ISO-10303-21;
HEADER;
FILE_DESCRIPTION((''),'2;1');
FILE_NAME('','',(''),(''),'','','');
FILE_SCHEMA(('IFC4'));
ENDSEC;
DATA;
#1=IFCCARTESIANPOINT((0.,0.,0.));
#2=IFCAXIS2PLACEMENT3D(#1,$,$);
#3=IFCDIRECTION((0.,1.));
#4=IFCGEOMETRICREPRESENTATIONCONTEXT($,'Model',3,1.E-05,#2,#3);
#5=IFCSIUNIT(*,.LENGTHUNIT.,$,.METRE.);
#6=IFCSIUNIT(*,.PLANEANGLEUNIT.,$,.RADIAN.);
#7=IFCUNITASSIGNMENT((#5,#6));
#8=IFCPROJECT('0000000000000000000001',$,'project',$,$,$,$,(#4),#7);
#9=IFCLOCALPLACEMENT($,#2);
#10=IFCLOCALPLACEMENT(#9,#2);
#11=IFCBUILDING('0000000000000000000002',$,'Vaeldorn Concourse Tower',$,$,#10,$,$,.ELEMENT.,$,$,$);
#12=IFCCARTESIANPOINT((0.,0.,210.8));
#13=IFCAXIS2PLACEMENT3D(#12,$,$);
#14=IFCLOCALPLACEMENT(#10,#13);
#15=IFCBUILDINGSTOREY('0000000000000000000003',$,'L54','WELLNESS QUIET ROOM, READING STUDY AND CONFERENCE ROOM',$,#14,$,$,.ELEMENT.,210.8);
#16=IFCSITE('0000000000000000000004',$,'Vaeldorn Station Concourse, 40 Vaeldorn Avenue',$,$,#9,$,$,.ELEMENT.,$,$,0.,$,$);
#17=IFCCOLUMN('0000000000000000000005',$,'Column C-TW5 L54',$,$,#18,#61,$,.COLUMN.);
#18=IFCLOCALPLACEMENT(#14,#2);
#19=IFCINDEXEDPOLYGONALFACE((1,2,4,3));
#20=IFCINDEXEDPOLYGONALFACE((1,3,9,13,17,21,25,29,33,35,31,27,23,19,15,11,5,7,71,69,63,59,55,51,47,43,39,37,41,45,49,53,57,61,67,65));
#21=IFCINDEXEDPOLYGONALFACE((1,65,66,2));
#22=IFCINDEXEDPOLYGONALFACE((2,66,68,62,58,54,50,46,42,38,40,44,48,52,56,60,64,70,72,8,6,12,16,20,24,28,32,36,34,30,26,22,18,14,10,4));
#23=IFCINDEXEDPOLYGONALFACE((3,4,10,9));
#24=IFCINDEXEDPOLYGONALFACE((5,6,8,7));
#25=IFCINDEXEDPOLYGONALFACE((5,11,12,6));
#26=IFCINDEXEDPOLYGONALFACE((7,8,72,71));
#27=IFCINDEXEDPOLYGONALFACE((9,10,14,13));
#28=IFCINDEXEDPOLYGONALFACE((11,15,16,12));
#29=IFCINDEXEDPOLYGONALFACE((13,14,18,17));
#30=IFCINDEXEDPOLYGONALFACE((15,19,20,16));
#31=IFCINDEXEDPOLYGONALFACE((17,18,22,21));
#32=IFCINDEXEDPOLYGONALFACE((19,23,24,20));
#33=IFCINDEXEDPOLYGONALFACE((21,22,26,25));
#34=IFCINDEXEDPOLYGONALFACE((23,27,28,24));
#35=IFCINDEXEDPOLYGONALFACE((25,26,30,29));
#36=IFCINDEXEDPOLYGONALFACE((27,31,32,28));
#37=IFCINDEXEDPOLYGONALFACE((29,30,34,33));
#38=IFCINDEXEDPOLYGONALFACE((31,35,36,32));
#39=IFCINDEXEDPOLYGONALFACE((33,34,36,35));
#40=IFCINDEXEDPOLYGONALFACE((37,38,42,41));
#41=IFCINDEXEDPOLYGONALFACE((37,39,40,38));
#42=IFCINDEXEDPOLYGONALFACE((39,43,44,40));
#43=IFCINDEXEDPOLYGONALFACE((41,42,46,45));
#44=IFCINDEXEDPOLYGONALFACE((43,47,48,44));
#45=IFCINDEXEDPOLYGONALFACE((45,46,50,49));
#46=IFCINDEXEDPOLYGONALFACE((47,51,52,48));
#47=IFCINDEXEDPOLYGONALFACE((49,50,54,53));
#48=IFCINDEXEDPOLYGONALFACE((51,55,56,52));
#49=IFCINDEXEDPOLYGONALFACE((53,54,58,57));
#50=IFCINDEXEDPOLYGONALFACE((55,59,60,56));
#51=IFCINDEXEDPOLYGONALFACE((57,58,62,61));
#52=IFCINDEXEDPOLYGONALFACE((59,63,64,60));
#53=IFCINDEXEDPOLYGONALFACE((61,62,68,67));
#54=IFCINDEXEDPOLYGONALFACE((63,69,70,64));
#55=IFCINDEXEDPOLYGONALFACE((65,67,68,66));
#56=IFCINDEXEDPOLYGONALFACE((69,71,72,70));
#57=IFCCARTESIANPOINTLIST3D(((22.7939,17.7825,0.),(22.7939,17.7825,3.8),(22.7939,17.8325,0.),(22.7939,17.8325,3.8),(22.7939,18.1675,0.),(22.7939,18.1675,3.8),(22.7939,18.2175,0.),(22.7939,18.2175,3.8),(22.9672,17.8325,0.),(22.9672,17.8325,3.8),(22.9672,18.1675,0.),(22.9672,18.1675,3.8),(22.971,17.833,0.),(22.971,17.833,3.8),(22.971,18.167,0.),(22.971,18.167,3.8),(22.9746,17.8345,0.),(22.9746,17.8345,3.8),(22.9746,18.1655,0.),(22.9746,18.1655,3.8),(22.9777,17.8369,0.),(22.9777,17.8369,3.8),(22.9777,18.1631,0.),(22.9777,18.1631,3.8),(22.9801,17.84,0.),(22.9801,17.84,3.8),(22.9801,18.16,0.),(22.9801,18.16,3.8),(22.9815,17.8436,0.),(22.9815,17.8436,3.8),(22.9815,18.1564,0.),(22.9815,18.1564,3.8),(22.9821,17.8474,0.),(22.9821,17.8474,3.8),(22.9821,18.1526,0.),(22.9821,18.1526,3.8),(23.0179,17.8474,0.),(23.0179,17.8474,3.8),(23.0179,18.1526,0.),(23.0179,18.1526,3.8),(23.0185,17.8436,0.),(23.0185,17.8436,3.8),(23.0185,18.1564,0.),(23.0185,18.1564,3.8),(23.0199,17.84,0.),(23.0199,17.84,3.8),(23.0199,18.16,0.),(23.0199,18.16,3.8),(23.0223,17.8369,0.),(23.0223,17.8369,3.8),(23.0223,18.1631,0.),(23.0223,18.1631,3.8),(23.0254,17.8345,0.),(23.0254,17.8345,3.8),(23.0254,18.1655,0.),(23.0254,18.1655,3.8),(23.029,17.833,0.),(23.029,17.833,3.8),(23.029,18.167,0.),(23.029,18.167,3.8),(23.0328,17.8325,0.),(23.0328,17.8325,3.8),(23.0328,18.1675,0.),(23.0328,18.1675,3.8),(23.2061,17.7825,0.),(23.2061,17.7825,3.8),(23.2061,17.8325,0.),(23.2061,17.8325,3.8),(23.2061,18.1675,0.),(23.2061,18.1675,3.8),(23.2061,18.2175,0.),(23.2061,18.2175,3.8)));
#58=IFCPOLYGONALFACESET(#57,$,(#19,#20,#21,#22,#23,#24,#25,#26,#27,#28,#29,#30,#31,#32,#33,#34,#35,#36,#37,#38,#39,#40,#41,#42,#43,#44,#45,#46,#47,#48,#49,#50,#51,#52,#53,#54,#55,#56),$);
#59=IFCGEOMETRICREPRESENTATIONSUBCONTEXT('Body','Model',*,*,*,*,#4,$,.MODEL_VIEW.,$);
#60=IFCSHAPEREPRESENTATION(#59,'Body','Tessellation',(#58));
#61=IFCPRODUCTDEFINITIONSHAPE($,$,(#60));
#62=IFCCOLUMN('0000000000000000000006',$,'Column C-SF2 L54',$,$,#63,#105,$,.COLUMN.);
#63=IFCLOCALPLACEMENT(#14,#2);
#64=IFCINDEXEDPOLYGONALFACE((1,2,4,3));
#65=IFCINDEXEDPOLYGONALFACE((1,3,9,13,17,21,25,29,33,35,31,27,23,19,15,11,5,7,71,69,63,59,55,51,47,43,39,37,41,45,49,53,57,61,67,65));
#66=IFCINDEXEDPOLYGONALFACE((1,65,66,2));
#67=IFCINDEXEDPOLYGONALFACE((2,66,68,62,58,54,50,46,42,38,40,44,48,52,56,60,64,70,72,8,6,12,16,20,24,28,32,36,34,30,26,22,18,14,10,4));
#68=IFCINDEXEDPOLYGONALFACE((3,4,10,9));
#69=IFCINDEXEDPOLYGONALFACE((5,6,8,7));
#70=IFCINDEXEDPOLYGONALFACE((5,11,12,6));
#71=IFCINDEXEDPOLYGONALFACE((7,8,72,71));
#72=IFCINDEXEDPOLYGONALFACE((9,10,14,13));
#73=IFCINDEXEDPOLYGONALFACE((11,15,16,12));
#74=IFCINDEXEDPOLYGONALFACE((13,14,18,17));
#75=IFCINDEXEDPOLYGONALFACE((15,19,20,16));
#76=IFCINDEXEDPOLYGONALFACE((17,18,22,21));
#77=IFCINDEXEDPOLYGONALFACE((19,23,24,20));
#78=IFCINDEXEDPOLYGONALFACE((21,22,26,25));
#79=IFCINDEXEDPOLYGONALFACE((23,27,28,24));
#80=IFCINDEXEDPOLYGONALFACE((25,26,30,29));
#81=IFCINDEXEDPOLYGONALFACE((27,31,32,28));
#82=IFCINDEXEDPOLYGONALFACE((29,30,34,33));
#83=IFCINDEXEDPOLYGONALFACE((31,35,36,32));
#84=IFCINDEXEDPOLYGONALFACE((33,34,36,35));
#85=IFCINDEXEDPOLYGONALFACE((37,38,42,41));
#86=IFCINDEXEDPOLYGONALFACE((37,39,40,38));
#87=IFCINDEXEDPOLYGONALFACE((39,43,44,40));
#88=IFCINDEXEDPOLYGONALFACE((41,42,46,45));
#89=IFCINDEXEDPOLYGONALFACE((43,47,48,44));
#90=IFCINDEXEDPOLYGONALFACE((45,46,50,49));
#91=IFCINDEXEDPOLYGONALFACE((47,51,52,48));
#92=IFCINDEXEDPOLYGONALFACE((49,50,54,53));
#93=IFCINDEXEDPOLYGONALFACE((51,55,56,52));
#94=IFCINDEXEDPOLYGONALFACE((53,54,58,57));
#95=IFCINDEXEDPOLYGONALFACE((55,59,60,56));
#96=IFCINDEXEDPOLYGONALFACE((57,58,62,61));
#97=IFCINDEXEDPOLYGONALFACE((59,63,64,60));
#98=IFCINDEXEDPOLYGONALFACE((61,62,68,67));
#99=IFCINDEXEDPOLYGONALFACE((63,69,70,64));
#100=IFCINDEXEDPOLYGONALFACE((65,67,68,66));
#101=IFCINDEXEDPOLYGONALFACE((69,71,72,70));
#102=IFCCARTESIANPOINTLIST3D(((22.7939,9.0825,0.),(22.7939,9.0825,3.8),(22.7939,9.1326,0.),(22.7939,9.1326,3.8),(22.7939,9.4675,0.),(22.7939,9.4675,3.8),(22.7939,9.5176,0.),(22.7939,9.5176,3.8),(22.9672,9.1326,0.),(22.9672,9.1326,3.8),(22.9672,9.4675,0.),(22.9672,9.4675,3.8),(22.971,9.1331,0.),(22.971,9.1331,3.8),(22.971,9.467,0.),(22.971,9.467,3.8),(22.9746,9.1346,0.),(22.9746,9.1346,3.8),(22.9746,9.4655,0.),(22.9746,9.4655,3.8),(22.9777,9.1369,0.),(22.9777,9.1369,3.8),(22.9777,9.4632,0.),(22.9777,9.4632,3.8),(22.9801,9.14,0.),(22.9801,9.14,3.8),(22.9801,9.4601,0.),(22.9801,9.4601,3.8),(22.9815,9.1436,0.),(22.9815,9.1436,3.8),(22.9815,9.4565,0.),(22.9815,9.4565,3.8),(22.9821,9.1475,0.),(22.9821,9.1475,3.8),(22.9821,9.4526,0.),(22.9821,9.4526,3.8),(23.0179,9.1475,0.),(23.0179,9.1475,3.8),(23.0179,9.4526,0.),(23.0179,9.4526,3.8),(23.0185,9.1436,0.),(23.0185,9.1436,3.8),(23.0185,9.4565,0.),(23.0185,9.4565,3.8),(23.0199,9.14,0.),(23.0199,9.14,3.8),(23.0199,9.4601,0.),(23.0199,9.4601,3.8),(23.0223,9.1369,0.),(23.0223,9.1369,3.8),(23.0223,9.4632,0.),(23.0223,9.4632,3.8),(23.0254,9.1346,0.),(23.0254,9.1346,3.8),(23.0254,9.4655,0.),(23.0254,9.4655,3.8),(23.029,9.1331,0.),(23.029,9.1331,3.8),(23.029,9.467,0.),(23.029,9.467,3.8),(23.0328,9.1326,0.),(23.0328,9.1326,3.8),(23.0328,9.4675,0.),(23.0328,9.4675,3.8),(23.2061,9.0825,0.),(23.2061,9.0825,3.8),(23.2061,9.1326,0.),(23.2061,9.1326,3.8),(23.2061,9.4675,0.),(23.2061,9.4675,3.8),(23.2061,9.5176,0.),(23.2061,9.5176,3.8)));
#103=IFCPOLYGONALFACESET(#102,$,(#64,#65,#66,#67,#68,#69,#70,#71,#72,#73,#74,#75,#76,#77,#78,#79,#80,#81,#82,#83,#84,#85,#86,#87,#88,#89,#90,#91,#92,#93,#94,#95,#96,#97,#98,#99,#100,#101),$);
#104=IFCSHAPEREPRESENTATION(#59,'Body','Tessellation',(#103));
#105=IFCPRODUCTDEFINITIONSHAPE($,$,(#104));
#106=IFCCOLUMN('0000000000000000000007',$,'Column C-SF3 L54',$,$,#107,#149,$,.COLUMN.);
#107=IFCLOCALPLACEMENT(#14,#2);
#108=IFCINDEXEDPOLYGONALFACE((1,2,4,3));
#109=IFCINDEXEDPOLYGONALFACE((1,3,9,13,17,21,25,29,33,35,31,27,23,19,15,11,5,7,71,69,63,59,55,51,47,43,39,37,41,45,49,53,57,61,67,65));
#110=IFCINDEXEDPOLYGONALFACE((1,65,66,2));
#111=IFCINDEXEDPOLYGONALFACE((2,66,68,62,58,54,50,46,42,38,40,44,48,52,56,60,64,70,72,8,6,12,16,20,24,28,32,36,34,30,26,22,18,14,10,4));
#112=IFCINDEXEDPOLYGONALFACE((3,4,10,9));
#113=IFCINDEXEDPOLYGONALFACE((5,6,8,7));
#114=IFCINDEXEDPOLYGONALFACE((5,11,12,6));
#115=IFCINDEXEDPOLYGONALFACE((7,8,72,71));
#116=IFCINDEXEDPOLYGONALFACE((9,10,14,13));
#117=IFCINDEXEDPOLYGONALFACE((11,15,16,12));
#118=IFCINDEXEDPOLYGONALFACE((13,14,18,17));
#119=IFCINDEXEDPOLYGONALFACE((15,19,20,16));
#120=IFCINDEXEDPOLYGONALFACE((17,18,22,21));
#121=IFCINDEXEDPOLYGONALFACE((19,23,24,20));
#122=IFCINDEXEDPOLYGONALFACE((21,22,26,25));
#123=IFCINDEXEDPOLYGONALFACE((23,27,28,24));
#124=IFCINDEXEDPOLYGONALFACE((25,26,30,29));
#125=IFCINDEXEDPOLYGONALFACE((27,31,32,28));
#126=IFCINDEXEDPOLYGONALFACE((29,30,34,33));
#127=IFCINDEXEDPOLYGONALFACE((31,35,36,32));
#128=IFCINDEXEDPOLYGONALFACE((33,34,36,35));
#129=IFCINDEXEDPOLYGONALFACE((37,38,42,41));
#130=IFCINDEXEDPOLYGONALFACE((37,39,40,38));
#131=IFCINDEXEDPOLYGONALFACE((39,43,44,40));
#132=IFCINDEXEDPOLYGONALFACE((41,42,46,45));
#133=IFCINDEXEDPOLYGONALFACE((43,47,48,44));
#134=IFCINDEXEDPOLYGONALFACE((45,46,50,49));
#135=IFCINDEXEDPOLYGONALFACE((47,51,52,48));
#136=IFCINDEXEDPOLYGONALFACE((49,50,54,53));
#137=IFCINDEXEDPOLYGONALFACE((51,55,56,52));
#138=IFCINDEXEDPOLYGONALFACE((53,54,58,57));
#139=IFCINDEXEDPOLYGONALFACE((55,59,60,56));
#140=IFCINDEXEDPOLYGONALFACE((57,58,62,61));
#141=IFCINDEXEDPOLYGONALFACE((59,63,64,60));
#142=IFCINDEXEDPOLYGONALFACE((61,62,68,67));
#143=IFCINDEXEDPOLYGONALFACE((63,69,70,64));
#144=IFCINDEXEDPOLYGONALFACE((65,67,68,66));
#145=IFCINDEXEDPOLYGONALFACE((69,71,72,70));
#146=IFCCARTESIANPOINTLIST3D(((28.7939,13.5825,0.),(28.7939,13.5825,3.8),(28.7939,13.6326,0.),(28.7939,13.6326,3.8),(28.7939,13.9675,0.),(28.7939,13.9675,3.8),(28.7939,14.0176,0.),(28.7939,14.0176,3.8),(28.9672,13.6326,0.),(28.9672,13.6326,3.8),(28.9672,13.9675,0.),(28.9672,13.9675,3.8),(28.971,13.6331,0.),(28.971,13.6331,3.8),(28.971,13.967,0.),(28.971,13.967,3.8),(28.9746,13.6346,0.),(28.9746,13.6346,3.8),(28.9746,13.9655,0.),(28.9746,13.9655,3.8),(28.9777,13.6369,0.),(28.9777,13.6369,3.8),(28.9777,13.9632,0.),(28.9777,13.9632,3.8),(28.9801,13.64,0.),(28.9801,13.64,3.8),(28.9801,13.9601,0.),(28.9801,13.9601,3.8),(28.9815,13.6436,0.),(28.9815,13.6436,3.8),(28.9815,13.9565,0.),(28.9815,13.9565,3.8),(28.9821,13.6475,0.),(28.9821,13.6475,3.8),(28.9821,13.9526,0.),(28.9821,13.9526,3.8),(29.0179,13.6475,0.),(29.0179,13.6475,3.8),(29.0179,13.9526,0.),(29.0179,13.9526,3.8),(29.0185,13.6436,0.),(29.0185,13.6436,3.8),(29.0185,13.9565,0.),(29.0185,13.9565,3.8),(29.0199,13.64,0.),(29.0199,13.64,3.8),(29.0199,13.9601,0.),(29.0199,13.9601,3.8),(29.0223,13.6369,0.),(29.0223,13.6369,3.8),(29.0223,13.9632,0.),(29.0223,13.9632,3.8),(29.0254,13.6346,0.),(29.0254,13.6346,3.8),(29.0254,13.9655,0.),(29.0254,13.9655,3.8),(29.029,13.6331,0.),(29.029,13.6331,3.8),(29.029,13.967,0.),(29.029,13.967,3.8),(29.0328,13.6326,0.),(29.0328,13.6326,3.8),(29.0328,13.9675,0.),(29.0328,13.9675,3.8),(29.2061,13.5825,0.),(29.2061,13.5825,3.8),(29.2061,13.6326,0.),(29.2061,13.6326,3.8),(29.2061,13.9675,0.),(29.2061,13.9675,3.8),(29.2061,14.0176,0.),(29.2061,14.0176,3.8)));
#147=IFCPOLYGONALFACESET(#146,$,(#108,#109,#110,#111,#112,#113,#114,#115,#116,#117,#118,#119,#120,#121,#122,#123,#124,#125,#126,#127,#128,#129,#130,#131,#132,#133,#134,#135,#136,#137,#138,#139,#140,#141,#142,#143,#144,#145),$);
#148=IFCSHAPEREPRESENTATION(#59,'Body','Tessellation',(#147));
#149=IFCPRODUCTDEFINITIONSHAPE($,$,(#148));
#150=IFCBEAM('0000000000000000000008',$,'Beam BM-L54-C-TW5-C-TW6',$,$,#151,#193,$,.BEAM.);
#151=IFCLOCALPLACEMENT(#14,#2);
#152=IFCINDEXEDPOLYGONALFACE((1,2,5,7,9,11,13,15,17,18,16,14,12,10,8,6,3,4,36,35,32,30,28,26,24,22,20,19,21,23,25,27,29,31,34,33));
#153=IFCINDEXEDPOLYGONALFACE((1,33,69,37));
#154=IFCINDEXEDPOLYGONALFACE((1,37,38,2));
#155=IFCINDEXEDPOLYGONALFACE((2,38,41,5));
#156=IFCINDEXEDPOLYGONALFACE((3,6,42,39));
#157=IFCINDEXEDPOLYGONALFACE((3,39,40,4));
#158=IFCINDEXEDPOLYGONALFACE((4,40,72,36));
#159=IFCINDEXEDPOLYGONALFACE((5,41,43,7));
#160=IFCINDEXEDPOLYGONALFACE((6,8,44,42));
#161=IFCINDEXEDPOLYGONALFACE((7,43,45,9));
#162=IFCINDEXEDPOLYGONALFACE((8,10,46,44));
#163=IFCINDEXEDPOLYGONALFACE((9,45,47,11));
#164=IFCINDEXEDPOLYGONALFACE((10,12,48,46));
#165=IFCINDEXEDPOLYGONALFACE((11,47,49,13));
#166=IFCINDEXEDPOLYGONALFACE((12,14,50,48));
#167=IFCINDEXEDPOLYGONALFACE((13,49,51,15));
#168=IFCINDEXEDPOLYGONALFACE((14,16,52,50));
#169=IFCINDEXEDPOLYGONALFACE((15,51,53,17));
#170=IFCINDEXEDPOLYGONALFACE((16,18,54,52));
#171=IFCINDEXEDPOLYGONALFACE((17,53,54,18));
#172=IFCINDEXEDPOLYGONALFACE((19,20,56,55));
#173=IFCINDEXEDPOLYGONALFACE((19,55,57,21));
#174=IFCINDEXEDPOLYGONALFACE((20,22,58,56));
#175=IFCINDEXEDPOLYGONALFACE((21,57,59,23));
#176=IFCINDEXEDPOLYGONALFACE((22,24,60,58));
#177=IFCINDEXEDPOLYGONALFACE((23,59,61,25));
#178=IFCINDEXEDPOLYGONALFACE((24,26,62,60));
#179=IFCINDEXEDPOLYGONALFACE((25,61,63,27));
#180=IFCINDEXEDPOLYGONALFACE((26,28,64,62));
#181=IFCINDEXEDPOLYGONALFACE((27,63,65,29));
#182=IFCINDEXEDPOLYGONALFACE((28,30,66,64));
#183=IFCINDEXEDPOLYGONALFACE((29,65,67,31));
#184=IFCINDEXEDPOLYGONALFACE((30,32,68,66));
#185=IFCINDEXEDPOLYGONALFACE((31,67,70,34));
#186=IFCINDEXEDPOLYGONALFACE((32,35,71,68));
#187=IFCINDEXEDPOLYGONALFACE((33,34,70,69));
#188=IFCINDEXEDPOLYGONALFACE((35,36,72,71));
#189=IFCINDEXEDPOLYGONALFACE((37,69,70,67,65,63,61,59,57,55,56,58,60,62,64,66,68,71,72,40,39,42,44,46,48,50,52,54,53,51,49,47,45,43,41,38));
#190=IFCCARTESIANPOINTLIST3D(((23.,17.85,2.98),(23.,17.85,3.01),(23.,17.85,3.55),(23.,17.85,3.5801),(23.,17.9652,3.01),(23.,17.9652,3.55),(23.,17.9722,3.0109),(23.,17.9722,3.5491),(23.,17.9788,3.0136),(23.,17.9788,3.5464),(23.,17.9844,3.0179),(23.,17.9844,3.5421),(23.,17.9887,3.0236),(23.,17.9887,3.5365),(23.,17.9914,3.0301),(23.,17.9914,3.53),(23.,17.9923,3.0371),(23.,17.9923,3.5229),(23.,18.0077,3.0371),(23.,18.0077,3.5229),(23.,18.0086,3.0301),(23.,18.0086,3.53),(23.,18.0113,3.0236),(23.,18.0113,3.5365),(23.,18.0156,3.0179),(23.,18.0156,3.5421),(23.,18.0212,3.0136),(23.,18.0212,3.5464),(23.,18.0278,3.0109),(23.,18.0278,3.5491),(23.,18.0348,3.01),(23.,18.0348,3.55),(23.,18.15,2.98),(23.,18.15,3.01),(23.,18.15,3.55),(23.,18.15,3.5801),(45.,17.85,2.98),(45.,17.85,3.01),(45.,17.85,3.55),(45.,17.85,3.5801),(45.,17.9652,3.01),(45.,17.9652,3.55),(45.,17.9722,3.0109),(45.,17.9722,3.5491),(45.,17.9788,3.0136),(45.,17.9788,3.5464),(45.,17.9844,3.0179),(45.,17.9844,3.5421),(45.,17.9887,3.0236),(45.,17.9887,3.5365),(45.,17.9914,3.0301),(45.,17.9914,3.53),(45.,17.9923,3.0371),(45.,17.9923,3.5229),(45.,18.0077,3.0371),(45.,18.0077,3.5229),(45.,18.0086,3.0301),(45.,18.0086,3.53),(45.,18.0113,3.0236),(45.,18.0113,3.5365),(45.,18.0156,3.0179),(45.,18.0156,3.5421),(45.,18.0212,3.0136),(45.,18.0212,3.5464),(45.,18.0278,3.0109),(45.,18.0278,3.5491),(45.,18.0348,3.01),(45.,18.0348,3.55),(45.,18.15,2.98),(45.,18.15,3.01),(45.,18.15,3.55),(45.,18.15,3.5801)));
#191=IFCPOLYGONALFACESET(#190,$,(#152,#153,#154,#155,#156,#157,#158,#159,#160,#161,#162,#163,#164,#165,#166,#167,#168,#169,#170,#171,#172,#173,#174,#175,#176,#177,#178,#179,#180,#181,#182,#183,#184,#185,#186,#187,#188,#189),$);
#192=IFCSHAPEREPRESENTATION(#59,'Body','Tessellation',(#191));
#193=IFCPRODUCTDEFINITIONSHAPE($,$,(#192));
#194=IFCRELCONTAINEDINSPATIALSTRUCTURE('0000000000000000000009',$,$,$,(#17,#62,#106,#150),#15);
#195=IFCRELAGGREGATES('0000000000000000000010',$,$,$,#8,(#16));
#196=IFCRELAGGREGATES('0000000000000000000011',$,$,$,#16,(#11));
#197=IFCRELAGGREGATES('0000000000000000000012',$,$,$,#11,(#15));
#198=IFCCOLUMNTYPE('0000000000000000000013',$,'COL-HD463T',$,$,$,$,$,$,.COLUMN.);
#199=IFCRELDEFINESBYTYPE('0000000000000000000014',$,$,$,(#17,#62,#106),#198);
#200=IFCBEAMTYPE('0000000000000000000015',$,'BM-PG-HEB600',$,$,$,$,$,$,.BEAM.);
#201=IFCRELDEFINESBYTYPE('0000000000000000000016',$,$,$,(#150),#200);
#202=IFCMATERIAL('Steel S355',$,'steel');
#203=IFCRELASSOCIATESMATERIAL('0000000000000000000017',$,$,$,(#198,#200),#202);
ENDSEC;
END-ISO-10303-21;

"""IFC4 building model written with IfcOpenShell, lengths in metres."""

from ifc_helpers import new_model, si_unit, direction, frame, origin, origin_2d, place, context, subcontext, project, spatial, i_section, extrude, source, transform, mapped, material, material_profile, profile_set, type_object, element, save


model = new_model("IFC4")

# Units and contexts
model_context = context("Model", 3, precision=1e-05, world=origin(), true_north=direction((0.0, 1.0)))
body_context = subcontext(model_context, "Body", "Model", "MODEL_VIEW")
ifc_project = project(units=[si_unit("LENGTHUNIT", "METRE"), si_unit("PLANEANGLEUNIT", "RADIAN")], contexts=[model_context])

# Site, building, storey
site_placement = place(None, origin())
site = spatial("IfcSite", under=ifc_project, at=site_placement, Name="Vaeldorn Station Concourse, 40 Vaeldorn Avenue", CompositionType="ELEMENT", RefElevation=0.0)
building_placement = place(site_placement, origin())
building = spatial("IfcBuilding", under=site, at=building_placement, Name="Vaeldorn Concourse Tower", CompositionType="ELEMENT")
storey_placement = place(building_placement, frame((0.0, 0.0, 210.8)))
storey = spatial("IfcBuildingStorey", under=building, at=storey_placement, Name="L54", Description="WELLNESS QUIET ROOM, READING STUDY AND CONFERENCE ROOM", CompositionType="ELEMENT", Elevation=210.8)

# Columns
ifc_material_1 = material(Name="Steel S355", Category="steel")
ifc_material_profile_1 = material_profile(ifc_material_1, i_section(OverallWidth=0.4121, OverallDepth=0.4351, WebThickness=0.0359, FlangeThickness=0.05, FilletRadius=0.0149, at=origin_2d()), Name="HD 400x463")
ifc_profile_set_1 = profile_set([ifc_material_profile_1], Name="Steel S355")
column_type = type_object("IfcColumnType", Name="COL-HD463T", PredefinedType="COLUMN", material=ifc_profile_set_1)
shared_shape_1 = source(origin(), body_context, "Body", "SweptSolid", [
    extrude(i_section(OverallWidth=0.4121, OverallDepth=0.4351, WebThickness=0.0359, FlangeThickness=0.05, FilletRadius=0.0149, at=origin_2d()), origin(), (0.0, 0.0, 1.0), 3.8),
])
for number, where, z_axis, x_axis, name in (
    (1, (23.0, 18.0, 0.0), (0.0, 0.0, 1.0), (1.0, 0.0, 0.0), "Column C-TW5 L54"),
    (2, (23.0, 9.3, 0.0), (0.0, 0.0, 1.0), (1.0, 0.0, 0.0), "Column C-SF2 L54"),
    (3, (29.0, 13.8, 0.0), (0.0, 0.0, 1.0), (1.0, 0.0, 0.0), "Column C-SF3 L54"),
):
    element("IfcColumn", number, at=place(storey_placement, frame(where, z_axis=z_axis, x_axis=x_axis)), inside=storey, type_object=column_type, Name=name, PredefinedType="COLUMN", context=body_context, shape_type="MappedRepresentation", body=[
        mapped(shared_shape_1, transform((0.0, 0.0, 0.0), scale=1.0)),
    ])

# Beam
ifc_material_profile_2 = material_profile(ifc_material_1, i_section(OverallWidth=0.3, OverallDepth=0.6001, WebThickness=0.0154, FlangeThickness=0.03, FilletRadius=0.0271, at=origin_2d()), Name="HEB 600")
ifc_profile_set_2 = profile_set([ifc_material_profile_2], Name="Steel S355")
beam_type_1 = type_object("IfcBeamType", Name="BM-PG-HEB600", PredefinedType="BEAM", material=ifc_profile_set_2)
shared_shape_2 = source(origin(), body_context, "Body", "SweptSolid", [
    extrude(i_section(OverallWidth=0.3, OverallDepth=0.6001, WebThickness=0.0154, FlangeThickness=0.03, FilletRadius=0.0271, at=origin_2d()), origin(), (0.0, 0.0, 1.0), 22.0),
])
beam_1_placement = place(storey_placement, frame((23.0, 18.0, 3.28), z_axis=(1.0, 0.0, 0.0), x_axis=(0.0, 1.0, 0.0)))
element("IfcBeam", 4, at=beam_1_placement, inside=storey, type_object=beam_type_1, Name="Beam BM-L54-C-TW5-C-TW6", PredefinedType="BEAM", context=body_context, shape_type="MappedRepresentation", body=[
    mapped(shared_shape_2, transform((0.0, 0.0, 0.0), scale=1.0)),
])

save(model, "model.ifc")
